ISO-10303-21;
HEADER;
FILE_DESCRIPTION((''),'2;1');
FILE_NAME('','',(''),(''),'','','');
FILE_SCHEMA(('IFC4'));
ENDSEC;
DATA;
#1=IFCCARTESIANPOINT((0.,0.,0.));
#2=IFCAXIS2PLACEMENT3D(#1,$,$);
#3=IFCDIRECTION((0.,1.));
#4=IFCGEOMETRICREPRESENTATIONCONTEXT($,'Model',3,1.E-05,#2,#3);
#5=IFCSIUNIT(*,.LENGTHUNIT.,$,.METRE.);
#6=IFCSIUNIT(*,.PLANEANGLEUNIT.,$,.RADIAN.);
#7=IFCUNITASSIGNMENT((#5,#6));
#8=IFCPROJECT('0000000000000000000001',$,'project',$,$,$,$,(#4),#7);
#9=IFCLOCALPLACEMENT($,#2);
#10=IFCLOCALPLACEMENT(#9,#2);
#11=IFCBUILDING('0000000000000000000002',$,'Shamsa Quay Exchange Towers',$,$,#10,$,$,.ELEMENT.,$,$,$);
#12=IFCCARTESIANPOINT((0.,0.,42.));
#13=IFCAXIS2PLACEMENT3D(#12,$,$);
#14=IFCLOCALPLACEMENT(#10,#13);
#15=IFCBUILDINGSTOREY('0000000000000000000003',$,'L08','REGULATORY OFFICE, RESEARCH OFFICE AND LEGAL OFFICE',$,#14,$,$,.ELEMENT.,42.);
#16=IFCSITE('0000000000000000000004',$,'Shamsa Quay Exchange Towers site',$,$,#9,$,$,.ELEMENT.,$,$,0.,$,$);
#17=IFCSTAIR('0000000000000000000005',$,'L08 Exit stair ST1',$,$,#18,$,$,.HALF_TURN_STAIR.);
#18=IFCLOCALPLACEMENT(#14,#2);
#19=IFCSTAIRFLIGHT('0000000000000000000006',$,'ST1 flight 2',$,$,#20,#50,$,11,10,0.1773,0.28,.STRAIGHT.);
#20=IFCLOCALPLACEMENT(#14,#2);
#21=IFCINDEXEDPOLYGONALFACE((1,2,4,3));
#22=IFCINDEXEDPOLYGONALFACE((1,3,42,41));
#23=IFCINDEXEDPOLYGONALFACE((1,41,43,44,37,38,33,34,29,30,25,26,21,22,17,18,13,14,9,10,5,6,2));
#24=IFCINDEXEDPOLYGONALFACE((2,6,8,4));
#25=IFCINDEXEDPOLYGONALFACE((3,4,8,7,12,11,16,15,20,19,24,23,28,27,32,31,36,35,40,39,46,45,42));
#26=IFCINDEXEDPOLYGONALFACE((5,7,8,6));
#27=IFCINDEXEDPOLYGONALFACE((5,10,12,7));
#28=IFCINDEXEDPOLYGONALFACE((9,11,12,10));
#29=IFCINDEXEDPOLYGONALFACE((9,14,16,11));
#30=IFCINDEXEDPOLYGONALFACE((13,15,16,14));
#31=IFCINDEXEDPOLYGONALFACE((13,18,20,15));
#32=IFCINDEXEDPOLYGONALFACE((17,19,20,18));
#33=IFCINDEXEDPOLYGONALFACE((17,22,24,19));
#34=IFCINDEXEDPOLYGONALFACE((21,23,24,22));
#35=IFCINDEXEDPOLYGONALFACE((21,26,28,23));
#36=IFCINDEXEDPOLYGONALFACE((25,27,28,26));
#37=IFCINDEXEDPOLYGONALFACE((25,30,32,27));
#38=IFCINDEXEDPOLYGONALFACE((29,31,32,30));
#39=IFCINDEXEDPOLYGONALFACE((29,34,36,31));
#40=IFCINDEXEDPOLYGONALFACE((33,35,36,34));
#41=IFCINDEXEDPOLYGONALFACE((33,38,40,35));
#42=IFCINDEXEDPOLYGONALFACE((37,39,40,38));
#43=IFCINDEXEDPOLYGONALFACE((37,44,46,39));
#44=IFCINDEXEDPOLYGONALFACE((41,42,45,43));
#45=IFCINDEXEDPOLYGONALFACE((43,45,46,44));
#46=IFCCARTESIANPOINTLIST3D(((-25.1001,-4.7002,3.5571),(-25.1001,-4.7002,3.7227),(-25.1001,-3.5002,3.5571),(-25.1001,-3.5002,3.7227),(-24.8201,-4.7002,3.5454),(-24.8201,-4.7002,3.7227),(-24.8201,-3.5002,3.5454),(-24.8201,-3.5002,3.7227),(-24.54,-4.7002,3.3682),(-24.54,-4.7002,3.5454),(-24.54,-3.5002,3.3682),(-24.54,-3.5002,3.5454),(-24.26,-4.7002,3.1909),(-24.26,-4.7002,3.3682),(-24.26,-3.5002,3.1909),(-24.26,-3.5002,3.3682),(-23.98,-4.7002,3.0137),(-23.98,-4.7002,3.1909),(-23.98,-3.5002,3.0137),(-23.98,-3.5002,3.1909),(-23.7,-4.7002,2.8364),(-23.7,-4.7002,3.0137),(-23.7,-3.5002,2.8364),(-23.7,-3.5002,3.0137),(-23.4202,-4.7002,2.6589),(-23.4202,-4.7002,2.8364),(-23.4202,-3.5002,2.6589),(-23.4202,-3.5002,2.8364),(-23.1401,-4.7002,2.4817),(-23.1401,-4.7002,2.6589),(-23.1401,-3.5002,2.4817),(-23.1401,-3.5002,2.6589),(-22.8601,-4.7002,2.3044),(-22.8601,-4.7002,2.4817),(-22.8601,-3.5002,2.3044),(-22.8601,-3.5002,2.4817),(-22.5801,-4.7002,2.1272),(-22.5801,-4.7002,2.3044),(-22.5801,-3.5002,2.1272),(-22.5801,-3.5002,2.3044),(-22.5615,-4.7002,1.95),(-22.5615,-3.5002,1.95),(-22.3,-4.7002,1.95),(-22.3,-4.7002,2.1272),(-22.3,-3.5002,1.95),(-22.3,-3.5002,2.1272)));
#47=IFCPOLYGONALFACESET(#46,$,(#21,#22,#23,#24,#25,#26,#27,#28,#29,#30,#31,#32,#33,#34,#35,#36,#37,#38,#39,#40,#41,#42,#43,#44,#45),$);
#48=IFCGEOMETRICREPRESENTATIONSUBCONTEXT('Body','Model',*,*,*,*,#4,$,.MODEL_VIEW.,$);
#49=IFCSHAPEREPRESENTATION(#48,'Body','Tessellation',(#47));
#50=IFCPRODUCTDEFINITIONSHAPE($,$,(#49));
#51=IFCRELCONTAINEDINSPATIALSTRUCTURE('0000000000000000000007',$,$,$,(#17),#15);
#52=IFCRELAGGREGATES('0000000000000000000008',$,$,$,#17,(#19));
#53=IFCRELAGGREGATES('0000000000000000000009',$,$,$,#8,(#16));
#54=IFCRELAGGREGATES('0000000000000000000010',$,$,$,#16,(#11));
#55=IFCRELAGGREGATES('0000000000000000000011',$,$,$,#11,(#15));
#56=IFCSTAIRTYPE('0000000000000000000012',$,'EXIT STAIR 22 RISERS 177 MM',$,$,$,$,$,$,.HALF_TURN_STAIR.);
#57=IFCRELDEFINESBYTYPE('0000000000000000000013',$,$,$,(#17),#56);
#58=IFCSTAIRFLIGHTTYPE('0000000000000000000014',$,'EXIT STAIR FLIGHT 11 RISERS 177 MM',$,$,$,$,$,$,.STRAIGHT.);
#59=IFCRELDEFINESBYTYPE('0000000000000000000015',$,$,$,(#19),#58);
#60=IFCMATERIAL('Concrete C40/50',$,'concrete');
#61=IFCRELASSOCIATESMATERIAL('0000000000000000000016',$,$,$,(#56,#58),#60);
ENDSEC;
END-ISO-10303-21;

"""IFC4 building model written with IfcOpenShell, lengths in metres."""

from ifc_helpers import new_model, si_unit, direction, frame, origin, place, context, subcontext, project, spatial, polyline, outline, extrude, material, type_object, element, aggregate, save


model = new_model("IFC4")

# Units and contexts
model_context = context("Model", 3, precision=1e-05, world=origin(), true_north=direction((0.0, 1.0)))
body_context = subcontext(model_context, "Body", "Model", "MODEL_VIEW")
ifc_project = project(units=[si_unit("LENGTHUNIT", "METRE"), si_unit("PLANEANGLEUNIT", "RADIAN")], contexts=[model_context])

# Site, building, storey
site_placement = place(None, origin())
site = spatial("IfcSite", under=ifc_project, at=site_placement, Name="Shamsa Quay Exchange Towers site", CompositionType="ELEMENT", RefElevation=0.0)
building_placement = place(site_placement, origin())
building = spatial("IfcBuilding", under=site, at=building_placement, Name="Shamsa Quay Exchange Towers", CompositionType="ELEMENT")
storey_placement = place(building_placement, frame((0.0, 0.0, 42.0)))
storey = spatial("IfcBuildingStorey", under=building, at=storey_placement, Name="L08", Description="REGULATORY OFFICE, RESEARCH OFFICE AND LEGAL OFFICE", CompositionType="ELEMENT", Elevation=42.0)

# Stair, stair flight
ifc_material_1 = material(Name="Concrete C40/50", Category="concrete")
stair_type = type_object("IfcStairType", Name="EXIT STAIR 22 RISERS 177 MM", PredefinedType="HALF_TURN_STAIR", material=ifc_material_1)
stair_placement = place(storey_placement, origin())
stair = element("IfcStair", 1, at=stair_placement, inside=storey, type_object=stair_type, Name="L08 Exit stair ST1", PredefinedType="HALF_TURN_STAIR")
stair_flight_type = type_object("IfcStairFlightType", Name="EXIT STAIR FLIGHT 11 RISERS 177 MM", PredefinedType="STRAIGHT", material=ifc_material_1)
stair_flight_placement = place(storey_placement, frame((-22.3, -4.1001, 1.95), z_axis=(0.0, 0.0, 1.0), x_axis=(-1.0, 0.0, 0.0)))
stair_flight = element("IfcStairFlight", 2, at=stair_flight_placement, type_object=stair_flight_type, Name="ST1 flight 2", NumberOfRisers=11, NumberOfTreads=10, PredefinedType="STRAIGHT", RiserHeight=0.1773, TreadLength=0.28, context=body_context, shape_type="SweptSolid", body=[
    extrude(outline(polyline([(0.0, 0.0), (0.0, 0.1772), (0.28, 0.1772), (0.28, 0.3545), (0.5601, 0.3545), (0.5601, 0.5317), (0.8401, 0.5317), (0.8401, 0.709), (1.1201, 0.709), (1.1201, 0.8865), (1.3999, 0.8865), (1.3999, 1.0637), (1.6799, 1.0637), (1.6799, 1.241), (1.96, 1.241), (1.96, 1.4182), (2.24, 1.4182), (2.24, 1.5955), (2.52, 1.5955), (2.52, 1.7727), (2.8, 1.7727), (2.8, 1.95), (2.8, 1.6072), (0.2615, 0.0), (0.0, 0.0)])), frame((0.0, 0.6001, 0.0), z_axis=(0.0, -1.0, 0.0), x_axis=(1.0, 0.0, 0.0)), (0.0, 0.0, 1.0), 1.2),
])
aggregate(stair, [stair_flight])

save(model, "model.ifc")
